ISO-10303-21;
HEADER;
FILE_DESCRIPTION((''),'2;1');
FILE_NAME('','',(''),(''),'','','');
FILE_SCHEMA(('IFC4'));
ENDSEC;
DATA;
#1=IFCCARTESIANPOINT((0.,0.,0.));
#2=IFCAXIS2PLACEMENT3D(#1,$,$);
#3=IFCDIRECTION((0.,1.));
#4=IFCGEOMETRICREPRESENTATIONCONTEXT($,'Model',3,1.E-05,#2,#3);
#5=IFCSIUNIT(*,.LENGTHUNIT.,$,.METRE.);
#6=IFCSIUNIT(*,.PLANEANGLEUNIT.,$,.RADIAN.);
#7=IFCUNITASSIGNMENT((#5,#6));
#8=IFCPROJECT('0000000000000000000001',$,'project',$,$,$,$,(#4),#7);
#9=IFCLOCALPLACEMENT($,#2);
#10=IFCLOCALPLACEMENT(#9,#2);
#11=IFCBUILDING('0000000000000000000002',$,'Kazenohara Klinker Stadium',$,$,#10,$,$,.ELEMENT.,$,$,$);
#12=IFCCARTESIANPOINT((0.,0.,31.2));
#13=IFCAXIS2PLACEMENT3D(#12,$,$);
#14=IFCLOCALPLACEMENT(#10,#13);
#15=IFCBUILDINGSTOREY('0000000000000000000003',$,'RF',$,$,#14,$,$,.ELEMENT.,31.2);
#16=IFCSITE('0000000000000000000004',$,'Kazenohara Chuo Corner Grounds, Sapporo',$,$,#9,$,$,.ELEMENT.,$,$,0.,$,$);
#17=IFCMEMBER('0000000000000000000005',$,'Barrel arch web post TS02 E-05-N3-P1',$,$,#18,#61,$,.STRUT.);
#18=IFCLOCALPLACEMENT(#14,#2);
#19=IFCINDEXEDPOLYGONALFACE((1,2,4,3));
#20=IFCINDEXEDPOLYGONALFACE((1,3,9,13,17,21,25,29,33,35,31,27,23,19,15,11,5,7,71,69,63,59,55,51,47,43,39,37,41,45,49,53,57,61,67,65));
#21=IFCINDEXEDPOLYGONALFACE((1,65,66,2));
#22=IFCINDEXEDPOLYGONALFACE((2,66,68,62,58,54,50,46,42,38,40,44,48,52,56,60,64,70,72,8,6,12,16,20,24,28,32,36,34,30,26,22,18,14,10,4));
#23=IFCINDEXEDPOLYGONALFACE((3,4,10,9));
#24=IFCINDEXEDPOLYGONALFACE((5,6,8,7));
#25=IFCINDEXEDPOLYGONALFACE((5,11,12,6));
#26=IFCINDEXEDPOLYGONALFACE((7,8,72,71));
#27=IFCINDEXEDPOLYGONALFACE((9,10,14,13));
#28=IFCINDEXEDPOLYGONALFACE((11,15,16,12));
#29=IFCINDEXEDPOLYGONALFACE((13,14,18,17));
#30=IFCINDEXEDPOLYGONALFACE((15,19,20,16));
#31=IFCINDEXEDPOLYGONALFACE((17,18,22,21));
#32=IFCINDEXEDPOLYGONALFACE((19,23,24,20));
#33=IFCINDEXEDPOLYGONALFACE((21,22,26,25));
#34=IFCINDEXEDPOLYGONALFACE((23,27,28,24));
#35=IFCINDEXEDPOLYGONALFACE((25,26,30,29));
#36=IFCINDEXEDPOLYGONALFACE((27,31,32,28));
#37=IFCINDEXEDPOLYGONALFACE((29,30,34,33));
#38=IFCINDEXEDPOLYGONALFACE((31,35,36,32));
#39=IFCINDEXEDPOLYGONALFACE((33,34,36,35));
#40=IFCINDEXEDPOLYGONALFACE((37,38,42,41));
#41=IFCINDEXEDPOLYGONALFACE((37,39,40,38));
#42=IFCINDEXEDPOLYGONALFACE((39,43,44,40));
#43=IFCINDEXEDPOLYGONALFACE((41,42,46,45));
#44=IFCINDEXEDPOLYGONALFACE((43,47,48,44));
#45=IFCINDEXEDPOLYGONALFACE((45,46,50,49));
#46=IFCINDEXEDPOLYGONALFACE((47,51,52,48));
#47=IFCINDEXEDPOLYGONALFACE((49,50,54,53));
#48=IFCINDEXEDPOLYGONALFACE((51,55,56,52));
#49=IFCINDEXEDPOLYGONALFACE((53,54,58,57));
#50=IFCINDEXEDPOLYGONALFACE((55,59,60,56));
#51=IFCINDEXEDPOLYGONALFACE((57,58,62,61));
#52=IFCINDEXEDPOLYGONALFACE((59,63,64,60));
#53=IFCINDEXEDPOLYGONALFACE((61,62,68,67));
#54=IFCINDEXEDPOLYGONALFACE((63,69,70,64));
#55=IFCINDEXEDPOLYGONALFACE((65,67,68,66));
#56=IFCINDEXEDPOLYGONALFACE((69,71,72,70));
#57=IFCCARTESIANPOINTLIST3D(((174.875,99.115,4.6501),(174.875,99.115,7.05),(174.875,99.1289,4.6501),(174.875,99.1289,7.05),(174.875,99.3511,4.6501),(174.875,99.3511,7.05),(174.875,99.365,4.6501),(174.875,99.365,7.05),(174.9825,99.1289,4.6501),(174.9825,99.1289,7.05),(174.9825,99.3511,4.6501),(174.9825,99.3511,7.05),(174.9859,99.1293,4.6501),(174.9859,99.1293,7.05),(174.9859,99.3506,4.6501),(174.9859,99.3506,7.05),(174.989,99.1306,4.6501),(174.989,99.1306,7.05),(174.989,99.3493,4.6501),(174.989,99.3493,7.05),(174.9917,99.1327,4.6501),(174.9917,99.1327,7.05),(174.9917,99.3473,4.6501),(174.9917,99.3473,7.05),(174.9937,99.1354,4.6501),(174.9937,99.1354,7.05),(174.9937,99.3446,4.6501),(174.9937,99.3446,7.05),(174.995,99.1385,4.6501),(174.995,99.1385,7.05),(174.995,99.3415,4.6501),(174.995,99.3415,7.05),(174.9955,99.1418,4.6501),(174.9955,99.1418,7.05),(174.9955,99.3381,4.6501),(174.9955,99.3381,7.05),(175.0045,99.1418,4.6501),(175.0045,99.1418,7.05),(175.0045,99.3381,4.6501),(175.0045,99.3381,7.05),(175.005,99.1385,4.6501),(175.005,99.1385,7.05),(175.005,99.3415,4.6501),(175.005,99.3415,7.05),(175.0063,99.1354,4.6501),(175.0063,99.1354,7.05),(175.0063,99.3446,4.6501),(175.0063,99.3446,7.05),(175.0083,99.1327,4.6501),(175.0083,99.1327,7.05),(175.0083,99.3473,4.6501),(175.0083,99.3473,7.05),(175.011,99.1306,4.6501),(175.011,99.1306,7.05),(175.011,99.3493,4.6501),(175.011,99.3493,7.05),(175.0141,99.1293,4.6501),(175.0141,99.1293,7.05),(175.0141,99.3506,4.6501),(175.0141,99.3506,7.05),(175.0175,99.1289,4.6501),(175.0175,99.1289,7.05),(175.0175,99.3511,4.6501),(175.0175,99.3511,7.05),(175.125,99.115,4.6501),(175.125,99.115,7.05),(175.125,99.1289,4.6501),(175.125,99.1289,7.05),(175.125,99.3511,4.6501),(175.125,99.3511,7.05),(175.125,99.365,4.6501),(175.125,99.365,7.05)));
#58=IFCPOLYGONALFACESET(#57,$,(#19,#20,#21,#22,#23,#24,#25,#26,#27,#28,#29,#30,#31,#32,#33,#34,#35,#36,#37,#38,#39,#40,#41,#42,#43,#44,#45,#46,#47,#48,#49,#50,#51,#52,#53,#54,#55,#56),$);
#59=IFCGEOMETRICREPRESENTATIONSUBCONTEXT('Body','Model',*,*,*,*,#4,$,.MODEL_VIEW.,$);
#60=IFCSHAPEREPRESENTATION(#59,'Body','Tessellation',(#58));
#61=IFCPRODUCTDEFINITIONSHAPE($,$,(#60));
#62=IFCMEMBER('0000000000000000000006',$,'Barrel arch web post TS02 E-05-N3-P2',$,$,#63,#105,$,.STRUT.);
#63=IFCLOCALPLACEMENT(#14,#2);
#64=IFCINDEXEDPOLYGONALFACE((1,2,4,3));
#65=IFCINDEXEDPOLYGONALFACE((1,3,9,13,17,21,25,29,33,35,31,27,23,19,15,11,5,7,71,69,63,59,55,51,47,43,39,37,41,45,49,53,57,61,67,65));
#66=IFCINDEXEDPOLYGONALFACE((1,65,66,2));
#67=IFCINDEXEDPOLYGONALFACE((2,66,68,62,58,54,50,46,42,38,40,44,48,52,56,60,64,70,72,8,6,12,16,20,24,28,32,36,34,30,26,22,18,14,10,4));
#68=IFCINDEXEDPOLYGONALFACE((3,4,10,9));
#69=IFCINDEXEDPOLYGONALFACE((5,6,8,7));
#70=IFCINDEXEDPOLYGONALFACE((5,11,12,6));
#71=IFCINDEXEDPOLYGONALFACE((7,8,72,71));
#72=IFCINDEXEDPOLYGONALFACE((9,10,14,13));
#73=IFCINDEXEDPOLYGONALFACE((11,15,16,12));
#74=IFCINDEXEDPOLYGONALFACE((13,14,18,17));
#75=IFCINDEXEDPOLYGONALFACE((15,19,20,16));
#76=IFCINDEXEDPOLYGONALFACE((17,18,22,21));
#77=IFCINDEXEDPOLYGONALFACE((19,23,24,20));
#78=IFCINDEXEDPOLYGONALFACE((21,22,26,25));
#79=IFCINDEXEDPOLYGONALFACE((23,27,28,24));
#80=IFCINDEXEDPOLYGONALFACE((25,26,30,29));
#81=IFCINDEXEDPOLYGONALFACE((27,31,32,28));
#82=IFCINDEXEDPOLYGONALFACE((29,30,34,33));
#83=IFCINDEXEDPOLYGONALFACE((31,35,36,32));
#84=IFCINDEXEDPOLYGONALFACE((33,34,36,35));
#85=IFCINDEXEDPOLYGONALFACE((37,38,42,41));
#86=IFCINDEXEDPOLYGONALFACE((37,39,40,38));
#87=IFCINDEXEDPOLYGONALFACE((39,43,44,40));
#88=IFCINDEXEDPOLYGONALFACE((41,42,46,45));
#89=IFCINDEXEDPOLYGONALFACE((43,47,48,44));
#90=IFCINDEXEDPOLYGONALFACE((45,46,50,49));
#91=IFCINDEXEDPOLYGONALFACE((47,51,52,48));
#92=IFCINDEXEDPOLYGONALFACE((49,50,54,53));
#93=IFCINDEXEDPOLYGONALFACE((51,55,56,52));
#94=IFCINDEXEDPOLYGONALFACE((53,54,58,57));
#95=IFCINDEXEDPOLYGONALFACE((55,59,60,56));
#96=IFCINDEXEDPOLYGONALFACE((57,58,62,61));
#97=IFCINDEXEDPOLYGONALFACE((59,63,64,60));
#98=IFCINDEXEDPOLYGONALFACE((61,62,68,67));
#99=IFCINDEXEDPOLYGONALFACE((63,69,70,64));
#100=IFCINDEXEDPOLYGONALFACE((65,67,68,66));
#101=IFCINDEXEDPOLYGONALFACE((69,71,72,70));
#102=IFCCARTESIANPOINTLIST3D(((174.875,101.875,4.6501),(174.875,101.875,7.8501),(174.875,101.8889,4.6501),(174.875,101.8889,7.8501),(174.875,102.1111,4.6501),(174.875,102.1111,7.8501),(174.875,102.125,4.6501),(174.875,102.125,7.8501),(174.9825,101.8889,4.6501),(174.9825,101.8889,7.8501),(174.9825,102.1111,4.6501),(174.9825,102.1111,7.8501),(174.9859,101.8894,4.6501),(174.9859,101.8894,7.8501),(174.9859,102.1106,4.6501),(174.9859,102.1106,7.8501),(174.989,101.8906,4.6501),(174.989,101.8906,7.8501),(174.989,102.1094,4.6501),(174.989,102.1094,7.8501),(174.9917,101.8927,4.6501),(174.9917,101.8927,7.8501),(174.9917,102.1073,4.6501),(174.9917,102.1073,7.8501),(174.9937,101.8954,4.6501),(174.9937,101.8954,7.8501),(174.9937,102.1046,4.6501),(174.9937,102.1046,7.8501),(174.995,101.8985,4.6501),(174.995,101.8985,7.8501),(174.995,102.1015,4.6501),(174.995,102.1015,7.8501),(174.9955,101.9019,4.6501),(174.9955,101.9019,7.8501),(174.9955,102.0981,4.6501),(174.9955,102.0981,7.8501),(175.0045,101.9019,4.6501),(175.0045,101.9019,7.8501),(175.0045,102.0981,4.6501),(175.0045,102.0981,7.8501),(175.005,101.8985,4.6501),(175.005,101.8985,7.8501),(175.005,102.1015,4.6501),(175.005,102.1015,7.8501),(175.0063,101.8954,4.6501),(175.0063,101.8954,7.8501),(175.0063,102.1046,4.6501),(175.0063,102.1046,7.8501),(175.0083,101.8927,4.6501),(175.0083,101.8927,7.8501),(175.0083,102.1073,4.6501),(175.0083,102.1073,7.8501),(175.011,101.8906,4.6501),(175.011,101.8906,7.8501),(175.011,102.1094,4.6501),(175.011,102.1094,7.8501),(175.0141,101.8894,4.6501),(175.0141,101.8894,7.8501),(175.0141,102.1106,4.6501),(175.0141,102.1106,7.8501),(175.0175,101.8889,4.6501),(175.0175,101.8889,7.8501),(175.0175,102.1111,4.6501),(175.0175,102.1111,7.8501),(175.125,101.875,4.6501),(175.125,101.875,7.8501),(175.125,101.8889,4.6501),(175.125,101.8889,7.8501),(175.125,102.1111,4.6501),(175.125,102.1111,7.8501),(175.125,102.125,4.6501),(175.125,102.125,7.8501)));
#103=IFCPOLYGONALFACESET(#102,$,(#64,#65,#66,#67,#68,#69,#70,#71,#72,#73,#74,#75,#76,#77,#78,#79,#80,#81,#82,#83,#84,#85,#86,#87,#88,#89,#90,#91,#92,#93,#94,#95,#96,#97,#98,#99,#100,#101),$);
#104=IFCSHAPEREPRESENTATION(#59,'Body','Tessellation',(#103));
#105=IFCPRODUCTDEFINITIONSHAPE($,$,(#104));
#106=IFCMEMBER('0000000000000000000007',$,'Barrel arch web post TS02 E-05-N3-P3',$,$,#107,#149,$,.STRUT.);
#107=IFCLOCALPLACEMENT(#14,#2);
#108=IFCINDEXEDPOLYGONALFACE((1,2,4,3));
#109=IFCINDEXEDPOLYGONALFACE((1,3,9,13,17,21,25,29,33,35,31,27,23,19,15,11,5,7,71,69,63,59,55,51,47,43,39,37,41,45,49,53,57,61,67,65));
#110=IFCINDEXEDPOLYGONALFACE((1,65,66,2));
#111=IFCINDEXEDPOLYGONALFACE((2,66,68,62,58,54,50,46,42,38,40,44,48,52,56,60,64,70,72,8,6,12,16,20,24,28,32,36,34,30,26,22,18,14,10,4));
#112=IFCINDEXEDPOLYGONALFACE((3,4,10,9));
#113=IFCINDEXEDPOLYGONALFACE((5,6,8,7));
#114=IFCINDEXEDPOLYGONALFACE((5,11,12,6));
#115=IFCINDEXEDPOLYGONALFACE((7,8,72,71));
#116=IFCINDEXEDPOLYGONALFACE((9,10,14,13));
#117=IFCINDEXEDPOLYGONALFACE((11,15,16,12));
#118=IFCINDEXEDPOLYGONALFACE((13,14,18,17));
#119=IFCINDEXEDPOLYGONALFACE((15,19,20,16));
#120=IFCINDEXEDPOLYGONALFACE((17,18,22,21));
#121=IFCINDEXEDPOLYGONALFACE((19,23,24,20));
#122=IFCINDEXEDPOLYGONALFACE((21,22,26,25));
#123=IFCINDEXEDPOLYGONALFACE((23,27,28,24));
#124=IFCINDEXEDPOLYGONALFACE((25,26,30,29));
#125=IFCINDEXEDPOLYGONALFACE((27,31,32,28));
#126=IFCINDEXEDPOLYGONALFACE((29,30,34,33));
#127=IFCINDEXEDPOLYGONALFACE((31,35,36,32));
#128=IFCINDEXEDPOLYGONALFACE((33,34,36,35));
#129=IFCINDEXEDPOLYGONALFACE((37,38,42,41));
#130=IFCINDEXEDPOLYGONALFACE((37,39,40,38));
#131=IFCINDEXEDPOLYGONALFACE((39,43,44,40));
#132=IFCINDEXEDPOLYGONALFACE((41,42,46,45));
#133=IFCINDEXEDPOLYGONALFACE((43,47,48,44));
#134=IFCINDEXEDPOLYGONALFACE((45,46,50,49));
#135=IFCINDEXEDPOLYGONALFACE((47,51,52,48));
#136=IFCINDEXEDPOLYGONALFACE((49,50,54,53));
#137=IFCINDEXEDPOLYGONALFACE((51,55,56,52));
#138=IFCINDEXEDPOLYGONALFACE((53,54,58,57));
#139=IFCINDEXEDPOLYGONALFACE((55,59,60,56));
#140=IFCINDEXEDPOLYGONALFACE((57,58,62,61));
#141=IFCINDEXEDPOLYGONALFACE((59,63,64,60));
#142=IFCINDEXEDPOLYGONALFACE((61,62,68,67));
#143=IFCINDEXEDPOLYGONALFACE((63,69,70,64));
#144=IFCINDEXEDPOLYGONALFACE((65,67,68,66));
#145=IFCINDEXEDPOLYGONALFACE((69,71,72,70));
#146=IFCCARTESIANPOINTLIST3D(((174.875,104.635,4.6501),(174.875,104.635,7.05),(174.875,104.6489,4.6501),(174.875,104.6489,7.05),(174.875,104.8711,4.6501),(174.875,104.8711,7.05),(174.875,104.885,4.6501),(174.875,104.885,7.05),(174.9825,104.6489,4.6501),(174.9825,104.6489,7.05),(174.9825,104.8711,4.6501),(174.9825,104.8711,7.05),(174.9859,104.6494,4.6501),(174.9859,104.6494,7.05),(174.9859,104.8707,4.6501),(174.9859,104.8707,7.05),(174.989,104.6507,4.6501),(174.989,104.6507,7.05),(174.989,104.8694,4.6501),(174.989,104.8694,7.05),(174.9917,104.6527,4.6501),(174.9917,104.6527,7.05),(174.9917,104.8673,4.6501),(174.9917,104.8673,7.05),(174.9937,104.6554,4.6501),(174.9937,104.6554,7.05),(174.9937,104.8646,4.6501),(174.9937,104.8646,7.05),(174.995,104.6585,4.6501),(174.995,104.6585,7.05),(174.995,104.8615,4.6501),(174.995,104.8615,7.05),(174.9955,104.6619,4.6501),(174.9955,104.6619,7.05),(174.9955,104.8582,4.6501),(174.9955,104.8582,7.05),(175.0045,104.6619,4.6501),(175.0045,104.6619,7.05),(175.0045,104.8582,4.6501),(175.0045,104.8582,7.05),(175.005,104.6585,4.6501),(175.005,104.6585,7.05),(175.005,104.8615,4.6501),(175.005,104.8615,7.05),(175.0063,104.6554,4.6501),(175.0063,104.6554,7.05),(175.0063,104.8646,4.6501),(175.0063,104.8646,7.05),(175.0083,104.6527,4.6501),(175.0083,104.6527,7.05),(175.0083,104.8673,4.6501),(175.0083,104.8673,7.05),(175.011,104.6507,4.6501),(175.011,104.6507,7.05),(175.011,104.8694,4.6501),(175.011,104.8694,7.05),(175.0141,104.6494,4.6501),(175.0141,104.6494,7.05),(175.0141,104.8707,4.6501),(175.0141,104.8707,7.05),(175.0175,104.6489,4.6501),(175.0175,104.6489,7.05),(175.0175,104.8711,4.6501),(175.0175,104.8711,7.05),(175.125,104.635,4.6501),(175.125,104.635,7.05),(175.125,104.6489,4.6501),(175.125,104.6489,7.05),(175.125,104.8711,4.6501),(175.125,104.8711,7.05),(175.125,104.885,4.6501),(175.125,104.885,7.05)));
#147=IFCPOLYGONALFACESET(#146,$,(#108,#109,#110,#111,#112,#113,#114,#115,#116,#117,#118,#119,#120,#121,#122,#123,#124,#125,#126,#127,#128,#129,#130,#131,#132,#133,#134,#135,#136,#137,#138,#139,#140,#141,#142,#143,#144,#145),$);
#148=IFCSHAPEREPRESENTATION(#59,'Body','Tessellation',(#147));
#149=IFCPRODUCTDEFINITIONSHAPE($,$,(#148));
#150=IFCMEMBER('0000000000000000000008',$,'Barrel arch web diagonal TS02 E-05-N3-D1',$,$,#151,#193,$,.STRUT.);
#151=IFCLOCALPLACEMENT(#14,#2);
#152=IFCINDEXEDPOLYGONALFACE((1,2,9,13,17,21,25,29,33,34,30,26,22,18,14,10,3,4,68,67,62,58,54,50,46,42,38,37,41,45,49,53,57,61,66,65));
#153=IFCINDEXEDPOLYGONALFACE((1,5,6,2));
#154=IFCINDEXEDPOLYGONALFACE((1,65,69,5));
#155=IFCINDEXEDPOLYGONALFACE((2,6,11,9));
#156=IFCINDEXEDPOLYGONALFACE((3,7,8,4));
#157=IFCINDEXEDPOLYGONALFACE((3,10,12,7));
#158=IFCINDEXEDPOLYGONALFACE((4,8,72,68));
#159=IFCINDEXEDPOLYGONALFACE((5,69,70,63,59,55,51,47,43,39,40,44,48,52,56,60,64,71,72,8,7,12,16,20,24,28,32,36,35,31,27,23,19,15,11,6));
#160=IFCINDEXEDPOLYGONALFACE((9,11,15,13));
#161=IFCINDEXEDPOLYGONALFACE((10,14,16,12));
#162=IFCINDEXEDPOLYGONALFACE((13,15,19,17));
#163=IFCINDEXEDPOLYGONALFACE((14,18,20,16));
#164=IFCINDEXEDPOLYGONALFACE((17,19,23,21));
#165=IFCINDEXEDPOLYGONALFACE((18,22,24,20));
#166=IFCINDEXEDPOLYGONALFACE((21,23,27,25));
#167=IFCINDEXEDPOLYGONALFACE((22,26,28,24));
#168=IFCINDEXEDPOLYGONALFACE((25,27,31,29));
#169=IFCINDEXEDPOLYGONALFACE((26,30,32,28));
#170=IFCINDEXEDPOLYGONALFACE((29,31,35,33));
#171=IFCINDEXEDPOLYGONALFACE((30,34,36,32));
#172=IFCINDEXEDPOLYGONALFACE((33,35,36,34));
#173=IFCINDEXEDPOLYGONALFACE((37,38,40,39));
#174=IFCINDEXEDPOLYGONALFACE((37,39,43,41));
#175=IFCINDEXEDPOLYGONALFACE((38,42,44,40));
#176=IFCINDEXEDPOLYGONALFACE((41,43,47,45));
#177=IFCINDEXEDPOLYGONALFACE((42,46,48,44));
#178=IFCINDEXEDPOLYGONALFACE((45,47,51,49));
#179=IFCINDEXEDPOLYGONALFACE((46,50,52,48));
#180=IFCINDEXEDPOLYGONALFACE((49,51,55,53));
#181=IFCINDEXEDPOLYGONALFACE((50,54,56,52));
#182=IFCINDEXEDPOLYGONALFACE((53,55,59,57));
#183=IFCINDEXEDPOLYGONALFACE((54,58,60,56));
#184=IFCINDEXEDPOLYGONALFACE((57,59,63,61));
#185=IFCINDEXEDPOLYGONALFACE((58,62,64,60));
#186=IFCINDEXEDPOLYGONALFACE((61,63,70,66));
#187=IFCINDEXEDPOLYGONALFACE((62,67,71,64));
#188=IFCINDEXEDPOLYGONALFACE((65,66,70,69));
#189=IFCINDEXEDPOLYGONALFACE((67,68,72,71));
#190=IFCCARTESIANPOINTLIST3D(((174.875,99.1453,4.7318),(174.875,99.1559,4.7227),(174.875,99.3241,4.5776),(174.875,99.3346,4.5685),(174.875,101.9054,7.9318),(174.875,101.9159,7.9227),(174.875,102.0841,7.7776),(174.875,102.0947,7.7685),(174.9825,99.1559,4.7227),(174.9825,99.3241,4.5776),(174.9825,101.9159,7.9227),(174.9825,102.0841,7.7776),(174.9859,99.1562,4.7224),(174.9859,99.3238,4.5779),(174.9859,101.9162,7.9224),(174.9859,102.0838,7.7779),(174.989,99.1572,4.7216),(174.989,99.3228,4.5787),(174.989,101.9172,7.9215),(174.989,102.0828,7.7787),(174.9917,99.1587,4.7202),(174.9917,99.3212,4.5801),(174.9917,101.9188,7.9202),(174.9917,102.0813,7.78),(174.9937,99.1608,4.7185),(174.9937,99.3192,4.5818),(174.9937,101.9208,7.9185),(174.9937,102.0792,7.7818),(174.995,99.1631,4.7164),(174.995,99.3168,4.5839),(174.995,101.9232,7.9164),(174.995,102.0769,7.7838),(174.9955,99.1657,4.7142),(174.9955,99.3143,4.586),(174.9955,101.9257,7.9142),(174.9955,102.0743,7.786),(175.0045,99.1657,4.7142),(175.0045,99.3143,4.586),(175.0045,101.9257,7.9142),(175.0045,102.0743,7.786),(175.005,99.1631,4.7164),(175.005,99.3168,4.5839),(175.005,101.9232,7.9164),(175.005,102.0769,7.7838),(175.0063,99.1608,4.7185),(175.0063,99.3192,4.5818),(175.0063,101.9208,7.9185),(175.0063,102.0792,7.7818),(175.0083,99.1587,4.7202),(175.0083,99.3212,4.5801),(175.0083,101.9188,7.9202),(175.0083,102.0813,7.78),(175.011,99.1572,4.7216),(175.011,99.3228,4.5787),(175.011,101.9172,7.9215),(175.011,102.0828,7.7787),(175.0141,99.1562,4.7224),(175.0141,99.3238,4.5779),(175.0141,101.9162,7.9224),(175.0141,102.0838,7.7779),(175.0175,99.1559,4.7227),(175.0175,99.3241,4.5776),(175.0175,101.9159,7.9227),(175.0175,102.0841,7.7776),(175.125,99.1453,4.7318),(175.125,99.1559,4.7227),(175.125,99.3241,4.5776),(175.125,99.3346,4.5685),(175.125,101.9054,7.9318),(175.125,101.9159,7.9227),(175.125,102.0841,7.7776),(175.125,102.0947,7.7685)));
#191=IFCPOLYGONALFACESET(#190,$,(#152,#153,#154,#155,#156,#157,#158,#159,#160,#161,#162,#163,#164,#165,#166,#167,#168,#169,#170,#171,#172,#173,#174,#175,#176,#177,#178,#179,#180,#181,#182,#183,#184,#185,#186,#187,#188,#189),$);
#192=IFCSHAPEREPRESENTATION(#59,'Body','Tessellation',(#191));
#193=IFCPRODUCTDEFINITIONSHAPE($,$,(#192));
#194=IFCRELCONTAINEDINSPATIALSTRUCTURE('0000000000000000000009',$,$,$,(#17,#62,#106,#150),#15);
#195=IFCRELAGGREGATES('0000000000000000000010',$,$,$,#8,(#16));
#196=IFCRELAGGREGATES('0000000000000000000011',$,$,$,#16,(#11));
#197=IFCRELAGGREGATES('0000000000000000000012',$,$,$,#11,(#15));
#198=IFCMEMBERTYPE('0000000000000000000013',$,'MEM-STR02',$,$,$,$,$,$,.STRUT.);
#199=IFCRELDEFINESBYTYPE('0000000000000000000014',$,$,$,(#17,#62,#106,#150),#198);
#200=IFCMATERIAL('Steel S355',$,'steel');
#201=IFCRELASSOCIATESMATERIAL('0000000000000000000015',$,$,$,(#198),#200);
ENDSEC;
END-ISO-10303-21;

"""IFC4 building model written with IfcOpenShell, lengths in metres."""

from ifc_helpers import new_model, si_unit, direction, frame, origin, origin_2d, place, context, subcontext, project, spatial, i_section, extrude, material, material_profile, profile_set, type_object, element, save


model = new_model("IFC4")

# Units and contexts
model_context = context("Model", 3, precision=1e-05, world=origin(), true_north=direction((0.0, 1.0)))
body_context = subcontext(model_context, "Body", "Model", "MODEL_VIEW")
ifc_project = project(units=[si_unit("LENGTHUNIT", "METRE"), si_unit("PLANEANGLEUNIT", "RADIAN")], contexts=[model_context])

# Site, building, storey
site_placement = place(None, origin())
site = spatial("IfcSite", under=ifc_project, at=site_placement, Name="Kazenohara Chuo Corner Grounds, Sapporo", CompositionType="ELEMENT", RefElevation=0.0)
building_placement = place(site_placement, origin())
building = spatial("IfcBuilding", under=site, at=building_placement, Name="Kazenohara Klinker Stadium", CompositionType="ELEMENT")
storey_placement = place(building_placement, frame((0.0, 0.0, 31.2)))
storey = spatial("IfcBuildingStorey", under=building, at=storey_placement, Name="RF", CompositionType="ELEMENT", Elevation=31.2)

# Members
ifc_material_1 = material(Name="Steel S355", Category="steel")
ifc_material_profile_1 = material_profile(ifc_material_1, i_section(OverallWidth=0.25, OverallDepth=0.25, WebThickness=0.009, FlangeThickness=0.0139, FilletRadius=0.0129, at=origin_2d()), Name="H-250x250x9x14")
ifc_profile_set_1 = profile_set([ifc_material_profile_1], Name="Steel S355")
member_type_1 = type_object("IfcMemberType", Name="MEM-STR02", PredefinedType="STRUT", material=ifc_profile_set_1)
member_1_placement = place(storey_placement, frame((175.0, 99.24, 4.6501), z_axis=(0.0, 0.0, 1.0), x_axis=(1.0, 0.0, 0.0)))
element("IfcMember", 1, at=member_1_placement, inside=storey, type_object=member_type_1, Name="Barrel arch web post TS02 E-05-N3-P1", PredefinedType="STRUT", context=body_context, shape_type="SweptSolid", body=[
    extrude(i_section(OverallWidth=0.25, OverallDepth=0.25, WebThickness=0.009, FlangeThickness=0.0139, FilletRadius=0.0129, at=origin_2d()), origin(), (0.0, 0.0, 1.0), 2.3999),
])
member_2_placement = place(storey_placement, frame((175.0, 102.0, 4.6501), z_axis=(0.0, 0.0, 1.0), x_axis=(1.0, 0.0, 0.0)))
element("IfcMember", 2, at=member_2_placement, inside=storey, type_object=member_type_1, Name="Barrel arch web post TS02 E-05-N3-P2", PredefinedType="STRUT", context=body_context, shape_type="SweptSolid", body=[
    extrude(i_section(OverallWidth=0.25, OverallDepth=0.25, WebThickness=0.009, FlangeThickness=0.0139, FilletRadius=0.0129, at=origin_2d()), origin(), (0.0, 0.0, 1.0), 3.2),
])
member_3_placement = place(storey_placement, frame((175.0, 104.76, 4.6501), z_axis=(0.0, 0.0, 1.0), x_axis=(1.0, 0.0, 0.0)))
element("IfcMember", 3, at=member_3_placement, inside=storey, type_object=member_type_1, Name="Barrel arch web post TS02 E-05-N3-P3", PredefinedType="STRUT", context=body_context, shape_type="SweptSolid", body=[
    extrude(i_section(OverallWidth=0.25, OverallDepth=0.25, WebThickness=0.009, FlangeThickness=0.0139, FilletRadius=0.0129, at=origin_2d()), origin(), (0.0, 0.0, 1.0), 2.3999),
])
member_4_placement = place(storey_placement, frame((175.0, 99.24, 4.6501), z_axis=(0.0, 0.653134, 0.757242), x_axis=(-1.0, 0.0, 0.0)))
element("IfcMember", 4, at=member_4_placement, inside=storey, type_object=member_type_1, Name="Barrel arch web diagonal TS02 E-05-N3-D1", PredefinedType="STRUT", context=body_context, shape_type="SweptSolid", body=[
    extrude(i_section(OverallWidth=0.25, OverallDepth=0.25, WebThickness=0.009, FlangeThickness=0.0139, FilletRadius=0.0129, at=origin_2d()), origin(), (0.0, 0.0, 1.0), 4.2258),
])

save(model, "model.ifc")
